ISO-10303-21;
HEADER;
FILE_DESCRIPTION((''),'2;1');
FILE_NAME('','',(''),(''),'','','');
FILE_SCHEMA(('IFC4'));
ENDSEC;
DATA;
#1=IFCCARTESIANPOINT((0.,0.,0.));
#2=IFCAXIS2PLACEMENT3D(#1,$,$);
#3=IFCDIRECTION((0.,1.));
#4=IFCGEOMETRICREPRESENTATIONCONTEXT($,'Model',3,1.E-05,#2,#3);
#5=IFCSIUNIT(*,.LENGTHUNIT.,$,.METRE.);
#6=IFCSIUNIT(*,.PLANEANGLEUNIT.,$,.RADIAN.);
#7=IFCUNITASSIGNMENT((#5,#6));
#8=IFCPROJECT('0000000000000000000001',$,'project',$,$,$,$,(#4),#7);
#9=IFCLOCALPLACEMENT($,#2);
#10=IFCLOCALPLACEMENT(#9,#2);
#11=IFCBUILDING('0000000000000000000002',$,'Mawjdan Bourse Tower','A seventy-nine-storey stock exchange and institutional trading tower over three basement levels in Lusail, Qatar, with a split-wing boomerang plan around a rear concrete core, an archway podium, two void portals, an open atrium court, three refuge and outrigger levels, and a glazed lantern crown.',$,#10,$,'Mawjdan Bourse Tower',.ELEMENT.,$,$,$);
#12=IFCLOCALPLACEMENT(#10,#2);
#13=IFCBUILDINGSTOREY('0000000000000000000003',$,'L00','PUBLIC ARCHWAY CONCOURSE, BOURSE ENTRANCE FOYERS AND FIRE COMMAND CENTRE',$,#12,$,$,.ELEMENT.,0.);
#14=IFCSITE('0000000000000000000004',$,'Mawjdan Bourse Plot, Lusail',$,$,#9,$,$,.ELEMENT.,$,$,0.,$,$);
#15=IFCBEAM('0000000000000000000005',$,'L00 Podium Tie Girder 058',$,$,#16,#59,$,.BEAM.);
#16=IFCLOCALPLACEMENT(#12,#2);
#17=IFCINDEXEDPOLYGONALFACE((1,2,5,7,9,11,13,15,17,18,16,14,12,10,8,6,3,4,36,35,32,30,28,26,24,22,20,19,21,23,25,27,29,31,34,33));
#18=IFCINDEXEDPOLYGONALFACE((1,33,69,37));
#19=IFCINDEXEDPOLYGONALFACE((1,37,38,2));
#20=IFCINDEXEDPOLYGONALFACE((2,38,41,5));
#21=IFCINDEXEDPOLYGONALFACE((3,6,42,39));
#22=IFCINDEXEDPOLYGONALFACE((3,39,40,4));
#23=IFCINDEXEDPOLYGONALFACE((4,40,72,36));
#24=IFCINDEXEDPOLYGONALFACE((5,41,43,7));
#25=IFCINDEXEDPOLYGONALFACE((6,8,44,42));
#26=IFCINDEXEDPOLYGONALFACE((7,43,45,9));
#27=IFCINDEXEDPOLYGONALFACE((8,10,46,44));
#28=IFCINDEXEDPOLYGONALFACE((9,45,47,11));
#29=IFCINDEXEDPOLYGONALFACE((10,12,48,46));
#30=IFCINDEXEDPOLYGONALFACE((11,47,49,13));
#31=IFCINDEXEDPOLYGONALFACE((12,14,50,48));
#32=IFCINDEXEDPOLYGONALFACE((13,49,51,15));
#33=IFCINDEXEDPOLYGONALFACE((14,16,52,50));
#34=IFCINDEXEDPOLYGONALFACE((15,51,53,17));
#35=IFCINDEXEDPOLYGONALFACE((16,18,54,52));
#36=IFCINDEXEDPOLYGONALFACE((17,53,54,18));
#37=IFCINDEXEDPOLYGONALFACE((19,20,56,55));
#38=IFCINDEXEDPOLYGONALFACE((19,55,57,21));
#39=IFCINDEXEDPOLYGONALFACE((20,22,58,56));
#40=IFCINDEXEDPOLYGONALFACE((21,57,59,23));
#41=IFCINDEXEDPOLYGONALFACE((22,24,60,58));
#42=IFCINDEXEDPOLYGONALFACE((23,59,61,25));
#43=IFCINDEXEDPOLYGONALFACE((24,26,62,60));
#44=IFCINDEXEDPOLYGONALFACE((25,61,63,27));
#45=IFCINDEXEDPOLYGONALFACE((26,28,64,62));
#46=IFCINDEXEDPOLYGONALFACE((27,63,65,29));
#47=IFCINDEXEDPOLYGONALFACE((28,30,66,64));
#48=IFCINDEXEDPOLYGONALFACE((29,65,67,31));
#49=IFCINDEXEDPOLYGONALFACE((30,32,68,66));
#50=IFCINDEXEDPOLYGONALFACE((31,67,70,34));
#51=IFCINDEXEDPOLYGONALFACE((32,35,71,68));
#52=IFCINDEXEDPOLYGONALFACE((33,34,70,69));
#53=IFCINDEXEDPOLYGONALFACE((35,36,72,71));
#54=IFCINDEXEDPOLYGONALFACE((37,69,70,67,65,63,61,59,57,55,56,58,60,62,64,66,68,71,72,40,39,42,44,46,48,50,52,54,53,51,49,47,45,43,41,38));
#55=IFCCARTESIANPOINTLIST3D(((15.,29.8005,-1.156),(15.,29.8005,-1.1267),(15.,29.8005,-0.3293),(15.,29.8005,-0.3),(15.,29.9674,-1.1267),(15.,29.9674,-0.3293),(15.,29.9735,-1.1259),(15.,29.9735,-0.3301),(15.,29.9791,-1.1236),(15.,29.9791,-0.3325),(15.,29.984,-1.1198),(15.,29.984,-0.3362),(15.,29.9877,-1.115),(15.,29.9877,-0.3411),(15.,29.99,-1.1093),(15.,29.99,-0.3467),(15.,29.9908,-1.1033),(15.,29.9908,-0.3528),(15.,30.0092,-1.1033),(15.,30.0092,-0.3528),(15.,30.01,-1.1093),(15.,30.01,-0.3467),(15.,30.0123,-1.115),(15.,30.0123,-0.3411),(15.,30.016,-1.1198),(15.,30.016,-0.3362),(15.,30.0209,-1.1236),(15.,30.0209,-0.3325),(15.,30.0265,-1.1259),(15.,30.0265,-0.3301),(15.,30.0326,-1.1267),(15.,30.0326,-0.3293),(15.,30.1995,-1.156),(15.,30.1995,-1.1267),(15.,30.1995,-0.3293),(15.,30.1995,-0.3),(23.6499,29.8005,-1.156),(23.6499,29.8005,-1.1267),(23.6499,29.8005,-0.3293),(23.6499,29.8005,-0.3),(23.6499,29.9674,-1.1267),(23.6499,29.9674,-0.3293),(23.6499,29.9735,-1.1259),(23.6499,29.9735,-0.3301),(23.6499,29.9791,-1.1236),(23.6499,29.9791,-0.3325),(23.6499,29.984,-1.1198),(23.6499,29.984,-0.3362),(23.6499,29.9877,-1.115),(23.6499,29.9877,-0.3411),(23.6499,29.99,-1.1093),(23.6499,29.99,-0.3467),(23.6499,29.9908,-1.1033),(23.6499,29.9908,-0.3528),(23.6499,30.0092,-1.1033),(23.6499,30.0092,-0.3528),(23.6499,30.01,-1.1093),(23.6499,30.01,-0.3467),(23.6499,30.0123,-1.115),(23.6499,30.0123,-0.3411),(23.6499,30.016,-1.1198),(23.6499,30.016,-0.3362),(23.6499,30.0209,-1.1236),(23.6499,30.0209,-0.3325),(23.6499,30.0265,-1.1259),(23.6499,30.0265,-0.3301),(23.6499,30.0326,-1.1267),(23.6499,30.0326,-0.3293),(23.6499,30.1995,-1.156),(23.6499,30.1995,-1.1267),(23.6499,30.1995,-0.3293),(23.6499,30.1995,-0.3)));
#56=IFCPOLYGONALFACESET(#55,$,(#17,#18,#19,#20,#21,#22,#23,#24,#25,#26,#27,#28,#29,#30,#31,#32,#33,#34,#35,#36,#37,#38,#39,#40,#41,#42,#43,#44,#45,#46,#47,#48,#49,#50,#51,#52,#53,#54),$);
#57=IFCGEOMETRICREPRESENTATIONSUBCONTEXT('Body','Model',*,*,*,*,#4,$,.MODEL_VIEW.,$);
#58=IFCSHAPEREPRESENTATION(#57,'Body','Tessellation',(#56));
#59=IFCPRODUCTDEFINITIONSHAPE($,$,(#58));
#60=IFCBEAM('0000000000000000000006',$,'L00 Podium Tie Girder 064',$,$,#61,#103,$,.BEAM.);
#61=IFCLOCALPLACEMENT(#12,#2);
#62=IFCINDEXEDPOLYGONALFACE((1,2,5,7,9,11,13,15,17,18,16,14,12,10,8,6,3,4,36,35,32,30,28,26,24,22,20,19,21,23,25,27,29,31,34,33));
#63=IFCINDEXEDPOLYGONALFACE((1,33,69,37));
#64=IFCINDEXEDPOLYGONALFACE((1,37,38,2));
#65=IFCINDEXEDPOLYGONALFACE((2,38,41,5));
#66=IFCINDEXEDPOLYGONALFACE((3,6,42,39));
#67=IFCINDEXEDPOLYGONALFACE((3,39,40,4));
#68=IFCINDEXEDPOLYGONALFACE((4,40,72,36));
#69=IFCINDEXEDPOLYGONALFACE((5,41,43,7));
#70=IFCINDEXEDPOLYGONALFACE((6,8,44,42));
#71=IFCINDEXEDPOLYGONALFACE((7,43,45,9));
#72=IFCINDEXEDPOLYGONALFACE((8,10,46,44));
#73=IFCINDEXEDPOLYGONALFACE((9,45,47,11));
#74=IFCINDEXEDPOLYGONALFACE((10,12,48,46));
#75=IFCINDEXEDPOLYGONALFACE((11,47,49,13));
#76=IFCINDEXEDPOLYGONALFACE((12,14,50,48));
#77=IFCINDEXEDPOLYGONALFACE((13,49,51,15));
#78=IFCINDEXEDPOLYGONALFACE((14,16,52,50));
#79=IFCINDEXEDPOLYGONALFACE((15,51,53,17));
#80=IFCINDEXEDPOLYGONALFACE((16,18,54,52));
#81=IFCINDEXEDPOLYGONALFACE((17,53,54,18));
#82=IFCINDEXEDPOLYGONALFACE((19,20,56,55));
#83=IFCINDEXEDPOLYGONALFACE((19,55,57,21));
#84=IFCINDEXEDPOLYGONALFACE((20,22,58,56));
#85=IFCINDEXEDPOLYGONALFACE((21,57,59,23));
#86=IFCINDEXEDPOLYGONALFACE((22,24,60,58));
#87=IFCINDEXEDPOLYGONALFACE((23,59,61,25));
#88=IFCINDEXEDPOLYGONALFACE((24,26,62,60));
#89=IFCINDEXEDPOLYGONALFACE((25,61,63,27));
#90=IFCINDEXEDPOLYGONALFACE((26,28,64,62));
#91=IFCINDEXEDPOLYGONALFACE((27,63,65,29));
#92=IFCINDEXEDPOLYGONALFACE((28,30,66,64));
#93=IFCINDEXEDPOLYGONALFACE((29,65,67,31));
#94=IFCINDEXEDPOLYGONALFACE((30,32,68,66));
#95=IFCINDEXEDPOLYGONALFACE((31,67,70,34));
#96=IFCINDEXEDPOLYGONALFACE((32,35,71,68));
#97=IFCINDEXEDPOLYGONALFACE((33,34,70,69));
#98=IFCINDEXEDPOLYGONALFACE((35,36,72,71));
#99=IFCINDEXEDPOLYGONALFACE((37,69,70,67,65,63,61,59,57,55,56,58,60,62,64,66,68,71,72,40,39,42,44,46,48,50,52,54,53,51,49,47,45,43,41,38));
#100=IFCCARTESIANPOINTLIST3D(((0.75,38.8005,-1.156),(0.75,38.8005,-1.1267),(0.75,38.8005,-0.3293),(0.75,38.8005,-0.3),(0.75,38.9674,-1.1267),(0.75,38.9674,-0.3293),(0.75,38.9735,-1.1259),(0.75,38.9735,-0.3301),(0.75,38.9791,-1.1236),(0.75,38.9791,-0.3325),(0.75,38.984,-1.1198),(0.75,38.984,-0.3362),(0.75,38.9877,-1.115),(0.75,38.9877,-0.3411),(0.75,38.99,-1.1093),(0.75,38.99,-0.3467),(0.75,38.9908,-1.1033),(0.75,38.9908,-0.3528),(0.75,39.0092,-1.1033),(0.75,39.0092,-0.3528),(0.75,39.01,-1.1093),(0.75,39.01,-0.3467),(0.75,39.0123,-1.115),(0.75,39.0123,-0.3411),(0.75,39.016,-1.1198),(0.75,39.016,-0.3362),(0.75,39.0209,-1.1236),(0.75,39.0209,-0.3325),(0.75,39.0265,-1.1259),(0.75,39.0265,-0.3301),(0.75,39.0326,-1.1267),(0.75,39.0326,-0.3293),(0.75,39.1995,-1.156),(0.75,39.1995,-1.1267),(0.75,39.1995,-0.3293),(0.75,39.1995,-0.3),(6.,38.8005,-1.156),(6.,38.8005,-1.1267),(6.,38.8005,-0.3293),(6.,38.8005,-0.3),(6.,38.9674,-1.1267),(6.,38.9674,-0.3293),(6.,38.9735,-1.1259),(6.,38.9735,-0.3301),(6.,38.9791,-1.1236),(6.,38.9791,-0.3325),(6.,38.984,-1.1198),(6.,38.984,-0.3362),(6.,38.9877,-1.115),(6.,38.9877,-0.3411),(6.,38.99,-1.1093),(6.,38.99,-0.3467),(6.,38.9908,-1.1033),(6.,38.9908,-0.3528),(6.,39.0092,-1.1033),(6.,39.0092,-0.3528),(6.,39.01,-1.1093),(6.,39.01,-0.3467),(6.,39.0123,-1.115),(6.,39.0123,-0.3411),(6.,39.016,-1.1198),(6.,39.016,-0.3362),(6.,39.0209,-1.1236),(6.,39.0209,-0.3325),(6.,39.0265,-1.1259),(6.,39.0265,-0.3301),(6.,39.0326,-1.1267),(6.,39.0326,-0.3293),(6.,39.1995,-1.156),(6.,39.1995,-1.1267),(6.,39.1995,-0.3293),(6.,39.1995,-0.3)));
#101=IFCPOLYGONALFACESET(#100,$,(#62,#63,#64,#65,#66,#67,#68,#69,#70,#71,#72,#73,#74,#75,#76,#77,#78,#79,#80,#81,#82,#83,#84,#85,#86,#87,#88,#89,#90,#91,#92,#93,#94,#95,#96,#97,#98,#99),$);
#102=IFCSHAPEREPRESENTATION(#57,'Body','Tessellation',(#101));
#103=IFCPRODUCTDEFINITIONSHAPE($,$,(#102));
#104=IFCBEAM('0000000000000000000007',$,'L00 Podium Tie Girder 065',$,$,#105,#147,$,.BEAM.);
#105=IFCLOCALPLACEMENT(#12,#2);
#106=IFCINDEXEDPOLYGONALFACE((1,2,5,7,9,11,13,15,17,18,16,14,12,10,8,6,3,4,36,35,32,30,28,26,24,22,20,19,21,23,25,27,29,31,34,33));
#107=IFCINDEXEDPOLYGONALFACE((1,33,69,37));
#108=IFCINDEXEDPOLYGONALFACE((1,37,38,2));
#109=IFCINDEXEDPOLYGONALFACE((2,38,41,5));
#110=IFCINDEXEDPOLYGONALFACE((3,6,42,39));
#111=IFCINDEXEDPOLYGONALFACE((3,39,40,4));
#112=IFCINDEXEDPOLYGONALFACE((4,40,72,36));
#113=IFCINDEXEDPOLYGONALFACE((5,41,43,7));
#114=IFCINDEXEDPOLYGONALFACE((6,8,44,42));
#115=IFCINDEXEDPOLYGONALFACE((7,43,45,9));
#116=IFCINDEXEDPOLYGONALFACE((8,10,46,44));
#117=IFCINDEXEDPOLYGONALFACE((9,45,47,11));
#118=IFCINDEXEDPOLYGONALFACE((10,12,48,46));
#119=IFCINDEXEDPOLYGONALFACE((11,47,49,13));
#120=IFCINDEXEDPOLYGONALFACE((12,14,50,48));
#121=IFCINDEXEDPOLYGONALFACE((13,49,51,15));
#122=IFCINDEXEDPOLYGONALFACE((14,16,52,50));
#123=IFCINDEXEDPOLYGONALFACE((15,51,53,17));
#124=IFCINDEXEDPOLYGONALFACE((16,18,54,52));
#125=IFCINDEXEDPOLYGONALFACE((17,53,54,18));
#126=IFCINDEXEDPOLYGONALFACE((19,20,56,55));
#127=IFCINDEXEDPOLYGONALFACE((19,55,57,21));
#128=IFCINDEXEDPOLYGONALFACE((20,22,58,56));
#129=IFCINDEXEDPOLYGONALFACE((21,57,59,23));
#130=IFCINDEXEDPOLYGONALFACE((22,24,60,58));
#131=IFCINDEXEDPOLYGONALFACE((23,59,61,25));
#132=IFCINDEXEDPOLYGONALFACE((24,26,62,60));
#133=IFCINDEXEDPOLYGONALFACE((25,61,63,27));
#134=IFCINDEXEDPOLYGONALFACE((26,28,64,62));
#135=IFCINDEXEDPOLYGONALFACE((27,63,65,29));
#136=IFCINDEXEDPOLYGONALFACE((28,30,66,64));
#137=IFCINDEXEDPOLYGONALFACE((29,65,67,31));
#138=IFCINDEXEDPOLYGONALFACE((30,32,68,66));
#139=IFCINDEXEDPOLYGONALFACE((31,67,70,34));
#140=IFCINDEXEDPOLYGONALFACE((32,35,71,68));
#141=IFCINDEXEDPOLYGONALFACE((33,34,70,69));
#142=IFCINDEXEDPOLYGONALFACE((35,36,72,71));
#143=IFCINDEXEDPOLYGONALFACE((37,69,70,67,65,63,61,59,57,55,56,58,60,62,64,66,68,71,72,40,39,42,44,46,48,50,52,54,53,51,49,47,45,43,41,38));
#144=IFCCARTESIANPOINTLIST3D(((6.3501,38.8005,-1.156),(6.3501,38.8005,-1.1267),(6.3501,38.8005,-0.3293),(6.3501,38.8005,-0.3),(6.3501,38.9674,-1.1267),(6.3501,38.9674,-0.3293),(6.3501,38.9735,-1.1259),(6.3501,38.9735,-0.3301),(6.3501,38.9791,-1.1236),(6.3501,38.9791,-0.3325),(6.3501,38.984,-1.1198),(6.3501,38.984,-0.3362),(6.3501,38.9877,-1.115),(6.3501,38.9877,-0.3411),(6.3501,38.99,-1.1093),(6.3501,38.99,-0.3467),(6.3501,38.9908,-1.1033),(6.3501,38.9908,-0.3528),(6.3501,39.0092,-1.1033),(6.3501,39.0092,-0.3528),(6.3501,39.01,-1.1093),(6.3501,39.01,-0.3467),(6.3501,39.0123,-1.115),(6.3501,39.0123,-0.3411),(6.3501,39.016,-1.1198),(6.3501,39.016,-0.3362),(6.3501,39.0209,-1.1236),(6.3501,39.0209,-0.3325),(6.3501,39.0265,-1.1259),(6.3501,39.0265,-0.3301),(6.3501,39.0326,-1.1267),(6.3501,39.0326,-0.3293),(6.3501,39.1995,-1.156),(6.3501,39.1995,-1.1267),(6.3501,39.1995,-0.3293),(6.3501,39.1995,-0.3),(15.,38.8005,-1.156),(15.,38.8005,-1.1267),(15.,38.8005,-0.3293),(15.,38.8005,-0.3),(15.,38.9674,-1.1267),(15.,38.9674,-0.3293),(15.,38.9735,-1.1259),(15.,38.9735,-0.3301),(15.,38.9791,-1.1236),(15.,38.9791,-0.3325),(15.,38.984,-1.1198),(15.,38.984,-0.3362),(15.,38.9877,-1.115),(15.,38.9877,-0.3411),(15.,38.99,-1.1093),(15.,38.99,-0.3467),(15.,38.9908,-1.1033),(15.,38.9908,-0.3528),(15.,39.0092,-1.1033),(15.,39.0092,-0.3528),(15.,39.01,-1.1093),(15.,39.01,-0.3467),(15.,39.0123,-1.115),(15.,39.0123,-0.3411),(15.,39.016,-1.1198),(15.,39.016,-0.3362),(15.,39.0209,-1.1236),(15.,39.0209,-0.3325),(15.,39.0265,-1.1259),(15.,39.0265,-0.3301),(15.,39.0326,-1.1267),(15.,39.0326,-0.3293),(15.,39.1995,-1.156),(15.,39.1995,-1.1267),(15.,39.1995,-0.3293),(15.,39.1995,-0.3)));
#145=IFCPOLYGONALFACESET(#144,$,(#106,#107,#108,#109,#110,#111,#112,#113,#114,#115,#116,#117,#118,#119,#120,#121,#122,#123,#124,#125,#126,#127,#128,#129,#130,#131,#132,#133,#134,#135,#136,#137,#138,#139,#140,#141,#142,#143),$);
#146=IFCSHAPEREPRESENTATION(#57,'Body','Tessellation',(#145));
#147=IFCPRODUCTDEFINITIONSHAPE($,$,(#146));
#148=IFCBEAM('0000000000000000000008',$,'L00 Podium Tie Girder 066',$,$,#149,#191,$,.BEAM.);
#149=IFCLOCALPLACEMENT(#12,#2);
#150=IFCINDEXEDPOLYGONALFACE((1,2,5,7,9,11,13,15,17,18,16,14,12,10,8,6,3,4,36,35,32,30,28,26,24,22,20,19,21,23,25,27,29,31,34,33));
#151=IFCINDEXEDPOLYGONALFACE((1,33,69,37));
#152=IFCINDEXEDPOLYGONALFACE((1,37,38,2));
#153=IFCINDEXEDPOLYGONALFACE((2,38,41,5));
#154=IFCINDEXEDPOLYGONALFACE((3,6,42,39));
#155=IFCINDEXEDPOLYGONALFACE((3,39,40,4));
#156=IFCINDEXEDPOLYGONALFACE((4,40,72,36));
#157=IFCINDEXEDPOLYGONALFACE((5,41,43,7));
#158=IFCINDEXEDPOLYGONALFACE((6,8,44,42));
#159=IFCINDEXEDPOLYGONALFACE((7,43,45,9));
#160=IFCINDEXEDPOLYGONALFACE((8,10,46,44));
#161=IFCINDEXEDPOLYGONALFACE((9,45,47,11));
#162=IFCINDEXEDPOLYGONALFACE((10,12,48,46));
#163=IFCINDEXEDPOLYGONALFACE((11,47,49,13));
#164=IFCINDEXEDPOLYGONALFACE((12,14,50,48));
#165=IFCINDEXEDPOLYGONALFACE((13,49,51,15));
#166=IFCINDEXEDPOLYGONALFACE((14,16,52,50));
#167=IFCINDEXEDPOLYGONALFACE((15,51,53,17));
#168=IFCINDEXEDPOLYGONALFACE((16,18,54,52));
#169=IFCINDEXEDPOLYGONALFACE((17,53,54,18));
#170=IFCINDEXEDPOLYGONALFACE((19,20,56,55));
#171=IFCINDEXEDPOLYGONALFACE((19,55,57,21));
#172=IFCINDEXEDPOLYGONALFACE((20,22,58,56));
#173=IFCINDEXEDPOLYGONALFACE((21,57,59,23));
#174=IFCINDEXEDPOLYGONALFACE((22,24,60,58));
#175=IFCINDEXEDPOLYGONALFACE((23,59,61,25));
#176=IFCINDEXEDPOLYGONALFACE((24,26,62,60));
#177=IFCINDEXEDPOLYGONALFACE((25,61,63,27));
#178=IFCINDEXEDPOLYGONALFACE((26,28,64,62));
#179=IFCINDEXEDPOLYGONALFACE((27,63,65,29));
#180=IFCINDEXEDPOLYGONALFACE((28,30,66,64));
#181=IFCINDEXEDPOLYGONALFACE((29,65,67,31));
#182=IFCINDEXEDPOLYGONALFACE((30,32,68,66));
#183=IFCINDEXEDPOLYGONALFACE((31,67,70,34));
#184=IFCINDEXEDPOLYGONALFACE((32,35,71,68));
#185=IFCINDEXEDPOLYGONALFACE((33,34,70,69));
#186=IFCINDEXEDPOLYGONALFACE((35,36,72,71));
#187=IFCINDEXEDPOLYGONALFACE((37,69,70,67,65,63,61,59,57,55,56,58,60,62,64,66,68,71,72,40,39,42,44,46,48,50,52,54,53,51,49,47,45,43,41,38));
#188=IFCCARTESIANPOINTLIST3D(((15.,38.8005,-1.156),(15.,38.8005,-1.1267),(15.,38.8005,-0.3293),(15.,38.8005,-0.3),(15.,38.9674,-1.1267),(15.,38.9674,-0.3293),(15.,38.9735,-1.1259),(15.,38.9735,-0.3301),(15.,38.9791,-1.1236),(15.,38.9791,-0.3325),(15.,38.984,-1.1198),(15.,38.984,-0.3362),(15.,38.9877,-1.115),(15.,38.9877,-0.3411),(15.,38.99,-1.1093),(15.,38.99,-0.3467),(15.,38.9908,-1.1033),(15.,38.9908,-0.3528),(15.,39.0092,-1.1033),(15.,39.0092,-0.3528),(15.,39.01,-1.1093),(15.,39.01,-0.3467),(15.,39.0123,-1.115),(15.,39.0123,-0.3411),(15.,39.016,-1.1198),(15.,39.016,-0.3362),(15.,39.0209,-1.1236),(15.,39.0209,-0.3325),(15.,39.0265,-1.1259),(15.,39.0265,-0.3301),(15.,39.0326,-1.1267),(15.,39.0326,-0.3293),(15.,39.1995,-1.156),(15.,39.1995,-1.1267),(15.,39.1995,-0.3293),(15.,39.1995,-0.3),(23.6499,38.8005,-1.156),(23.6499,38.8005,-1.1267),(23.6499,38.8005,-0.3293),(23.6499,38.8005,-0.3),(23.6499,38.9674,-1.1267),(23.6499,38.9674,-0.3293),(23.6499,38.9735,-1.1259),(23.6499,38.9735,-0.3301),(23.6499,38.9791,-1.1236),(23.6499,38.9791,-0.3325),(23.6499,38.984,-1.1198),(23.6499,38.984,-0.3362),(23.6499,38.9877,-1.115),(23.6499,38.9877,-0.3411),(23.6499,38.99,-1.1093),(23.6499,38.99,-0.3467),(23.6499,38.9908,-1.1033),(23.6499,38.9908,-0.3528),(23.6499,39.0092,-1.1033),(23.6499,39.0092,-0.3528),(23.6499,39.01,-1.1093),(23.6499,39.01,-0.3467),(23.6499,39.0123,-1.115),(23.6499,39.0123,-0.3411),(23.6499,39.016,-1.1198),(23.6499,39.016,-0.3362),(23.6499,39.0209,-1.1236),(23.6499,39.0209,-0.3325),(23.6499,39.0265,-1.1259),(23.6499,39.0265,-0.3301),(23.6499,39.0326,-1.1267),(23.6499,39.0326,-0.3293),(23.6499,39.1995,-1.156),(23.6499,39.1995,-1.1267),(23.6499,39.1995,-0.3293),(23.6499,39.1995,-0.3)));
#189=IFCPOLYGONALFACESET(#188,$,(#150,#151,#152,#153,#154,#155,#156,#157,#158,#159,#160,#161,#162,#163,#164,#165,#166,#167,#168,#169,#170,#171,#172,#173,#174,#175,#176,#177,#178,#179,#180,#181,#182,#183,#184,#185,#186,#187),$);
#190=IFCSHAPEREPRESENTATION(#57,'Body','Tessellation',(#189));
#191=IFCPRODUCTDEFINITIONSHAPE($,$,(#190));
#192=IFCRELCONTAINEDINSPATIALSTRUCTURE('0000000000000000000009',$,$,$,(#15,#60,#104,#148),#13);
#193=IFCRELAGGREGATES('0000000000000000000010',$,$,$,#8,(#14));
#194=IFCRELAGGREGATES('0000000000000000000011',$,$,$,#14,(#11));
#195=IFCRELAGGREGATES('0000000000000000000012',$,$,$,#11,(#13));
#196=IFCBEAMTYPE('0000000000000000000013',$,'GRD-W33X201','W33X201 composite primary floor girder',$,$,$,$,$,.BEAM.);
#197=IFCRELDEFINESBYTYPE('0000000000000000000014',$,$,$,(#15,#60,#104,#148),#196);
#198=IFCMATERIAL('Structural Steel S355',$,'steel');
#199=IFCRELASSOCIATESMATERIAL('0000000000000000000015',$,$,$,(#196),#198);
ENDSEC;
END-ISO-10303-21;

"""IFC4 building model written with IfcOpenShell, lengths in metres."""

from ifc_helpers import new_model, si_unit, direction, frame, origin, origin_2d, place, context, subcontext, project, spatial, i_section, extrude, material, material_profile, profile_set, type_object, element, save


model = new_model("IFC4")

# Units and contexts
model_context = context("Model", 3, precision=1e-05, world=origin(), true_north=direction((0.0, 1.0)))
body_context = subcontext(model_context, "Body", "Model", "MODEL_VIEW")
ifc_project = project(units=[si_unit("LENGTHUNIT", "METRE"), si_unit("PLANEANGLEUNIT", "RADIAN")], contexts=[model_context])

# Site, building, storey
site_placement = place(None, origin())
site = spatial("IfcSite", under=ifc_project, at=site_placement, Name="Mawjdan Bourse Plot, Lusail", CompositionType="ELEMENT", RefElevation=0.0)
building_placement = place(site_placement, origin())
building = spatial("IfcBuilding", under=site, at=building_placement, Name="Mawjdan Bourse Tower", Description="A seventy-nine-storey stock exchange and institutional trading tower over three basement levels in Lusail, Qatar, with a split-wing boomerang plan around a rear concrete core, an archway podium, two void portals, an open atrium court, three refuge and outrigger levels, and a glazed lantern crown.", LongName="Mawjdan Bourse Tower", CompositionType="ELEMENT")
storey_placement = place(building_placement, origin())
storey = spatial("IfcBuildingStorey", under=building, at=storey_placement, Name="L00", Description="PUBLIC ARCHWAY CONCOURSE, BOURSE ENTRANCE FOYERS AND FIRE COMMAND CENTRE", CompositionType="ELEMENT", Elevation=0.0)

# Beams
ifc_material_1 = material(Name="Structural Steel S355", Category="steel")
ifc_material_profile_1 = material_profile(ifc_material_1, i_section(OverallWidth=0.3989, OverallDepth=0.856, WebThickness=0.0183, FlangeThickness=0.0293, FilletRadius=0.0234, at=origin_2d()), Name="W33X201")
ifc_profile_set_1 = profile_set([ifc_material_profile_1], Name="Structural Steel S355")
beam_type_1 = type_object("IfcBeamType", Name="GRD-W33X201", Description="W33X201 composite primary floor girder", PredefinedType="BEAM", material=ifc_profile_set_1)
for number, where, z_axis, x_axis, name in (
    (1, (15.0, 30.0, -0.728), (1.0, 0.0, 0.0), (0.0, 1.0, 0.0), "L00 Podium Tie Girder 058"),
):
    element("IfcBeam", number, at=place(storey_placement, frame(where, z_axis=z_axis, x_axis=x_axis)), inside=storey, type_object=beam_type_1, Name=name, PredefinedType="BEAM", context=body_context, shape_type="SweptSolid", body=[
        extrude(i_section(OverallWidth=0.3989, OverallDepth=0.856, WebThickness=0.0183, FlangeThickness=0.0293, FilletRadius=0.0234, at=origin_2d()), origin(), (0.0, 0.0, 1.0), 8.6499),
    ])
beam_1_placement = place(storey_placement, frame((0.75, 39.0, -0.728), z_axis=(1.0, 0.0, 0.0), x_axis=(0.0, 1.0, 0.0)))
element("IfcBeam", 2, at=beam_1_placement, inside=storey, type_object=beam_type_1, Name="L00 Podium Tie Girder 064", PredefinedType="BEAM", context=body_context, shape_type="SweptSolid", body=[
    extrude(i_section(OverallWidth=0.3989, OverallDepth=0.856, WebThickness=0.0183, FlangeThickness=0.0293, FilletRadius=0.0234, at=origin_2d()), origin(), (0.0, 0.0, 1.0), 5.25),
])
for number, where, z_axis, x_axis, name in (
    (3, (6.3501, 39.0, -0.728), (1.0, 0.0, 0.0), (0.0, 1.0, 0.0), "L00 Podium Tie Girder 065"),
    (4, (15.0, 39.0, -0.728), (1.0, 0.0, 0.0), (0.0, 1.0, 0.0), "L00 Podium Tie Girder 066"),
):
    element("IfcBeam", number, at=place(storey_placement, frame(where, z_axis=z_axis, x_axis=x_axis)), inside=storey, type_object=beam_type_1, Name=name, PredefinedType="BEAM", context=body_context, shape_type="SweptSolid", body=[
        extrude(i_section(OverallWidth=0.3989, OverallDepth=0.856, WebThickness=0.0183, FlangeThickness=0.0293, FilletRadius=0.0234, at=origin_2d()), origin(), (0.0, 0.0, 1.0), 8.6499),
    ])

save(model, "model.ifc")
